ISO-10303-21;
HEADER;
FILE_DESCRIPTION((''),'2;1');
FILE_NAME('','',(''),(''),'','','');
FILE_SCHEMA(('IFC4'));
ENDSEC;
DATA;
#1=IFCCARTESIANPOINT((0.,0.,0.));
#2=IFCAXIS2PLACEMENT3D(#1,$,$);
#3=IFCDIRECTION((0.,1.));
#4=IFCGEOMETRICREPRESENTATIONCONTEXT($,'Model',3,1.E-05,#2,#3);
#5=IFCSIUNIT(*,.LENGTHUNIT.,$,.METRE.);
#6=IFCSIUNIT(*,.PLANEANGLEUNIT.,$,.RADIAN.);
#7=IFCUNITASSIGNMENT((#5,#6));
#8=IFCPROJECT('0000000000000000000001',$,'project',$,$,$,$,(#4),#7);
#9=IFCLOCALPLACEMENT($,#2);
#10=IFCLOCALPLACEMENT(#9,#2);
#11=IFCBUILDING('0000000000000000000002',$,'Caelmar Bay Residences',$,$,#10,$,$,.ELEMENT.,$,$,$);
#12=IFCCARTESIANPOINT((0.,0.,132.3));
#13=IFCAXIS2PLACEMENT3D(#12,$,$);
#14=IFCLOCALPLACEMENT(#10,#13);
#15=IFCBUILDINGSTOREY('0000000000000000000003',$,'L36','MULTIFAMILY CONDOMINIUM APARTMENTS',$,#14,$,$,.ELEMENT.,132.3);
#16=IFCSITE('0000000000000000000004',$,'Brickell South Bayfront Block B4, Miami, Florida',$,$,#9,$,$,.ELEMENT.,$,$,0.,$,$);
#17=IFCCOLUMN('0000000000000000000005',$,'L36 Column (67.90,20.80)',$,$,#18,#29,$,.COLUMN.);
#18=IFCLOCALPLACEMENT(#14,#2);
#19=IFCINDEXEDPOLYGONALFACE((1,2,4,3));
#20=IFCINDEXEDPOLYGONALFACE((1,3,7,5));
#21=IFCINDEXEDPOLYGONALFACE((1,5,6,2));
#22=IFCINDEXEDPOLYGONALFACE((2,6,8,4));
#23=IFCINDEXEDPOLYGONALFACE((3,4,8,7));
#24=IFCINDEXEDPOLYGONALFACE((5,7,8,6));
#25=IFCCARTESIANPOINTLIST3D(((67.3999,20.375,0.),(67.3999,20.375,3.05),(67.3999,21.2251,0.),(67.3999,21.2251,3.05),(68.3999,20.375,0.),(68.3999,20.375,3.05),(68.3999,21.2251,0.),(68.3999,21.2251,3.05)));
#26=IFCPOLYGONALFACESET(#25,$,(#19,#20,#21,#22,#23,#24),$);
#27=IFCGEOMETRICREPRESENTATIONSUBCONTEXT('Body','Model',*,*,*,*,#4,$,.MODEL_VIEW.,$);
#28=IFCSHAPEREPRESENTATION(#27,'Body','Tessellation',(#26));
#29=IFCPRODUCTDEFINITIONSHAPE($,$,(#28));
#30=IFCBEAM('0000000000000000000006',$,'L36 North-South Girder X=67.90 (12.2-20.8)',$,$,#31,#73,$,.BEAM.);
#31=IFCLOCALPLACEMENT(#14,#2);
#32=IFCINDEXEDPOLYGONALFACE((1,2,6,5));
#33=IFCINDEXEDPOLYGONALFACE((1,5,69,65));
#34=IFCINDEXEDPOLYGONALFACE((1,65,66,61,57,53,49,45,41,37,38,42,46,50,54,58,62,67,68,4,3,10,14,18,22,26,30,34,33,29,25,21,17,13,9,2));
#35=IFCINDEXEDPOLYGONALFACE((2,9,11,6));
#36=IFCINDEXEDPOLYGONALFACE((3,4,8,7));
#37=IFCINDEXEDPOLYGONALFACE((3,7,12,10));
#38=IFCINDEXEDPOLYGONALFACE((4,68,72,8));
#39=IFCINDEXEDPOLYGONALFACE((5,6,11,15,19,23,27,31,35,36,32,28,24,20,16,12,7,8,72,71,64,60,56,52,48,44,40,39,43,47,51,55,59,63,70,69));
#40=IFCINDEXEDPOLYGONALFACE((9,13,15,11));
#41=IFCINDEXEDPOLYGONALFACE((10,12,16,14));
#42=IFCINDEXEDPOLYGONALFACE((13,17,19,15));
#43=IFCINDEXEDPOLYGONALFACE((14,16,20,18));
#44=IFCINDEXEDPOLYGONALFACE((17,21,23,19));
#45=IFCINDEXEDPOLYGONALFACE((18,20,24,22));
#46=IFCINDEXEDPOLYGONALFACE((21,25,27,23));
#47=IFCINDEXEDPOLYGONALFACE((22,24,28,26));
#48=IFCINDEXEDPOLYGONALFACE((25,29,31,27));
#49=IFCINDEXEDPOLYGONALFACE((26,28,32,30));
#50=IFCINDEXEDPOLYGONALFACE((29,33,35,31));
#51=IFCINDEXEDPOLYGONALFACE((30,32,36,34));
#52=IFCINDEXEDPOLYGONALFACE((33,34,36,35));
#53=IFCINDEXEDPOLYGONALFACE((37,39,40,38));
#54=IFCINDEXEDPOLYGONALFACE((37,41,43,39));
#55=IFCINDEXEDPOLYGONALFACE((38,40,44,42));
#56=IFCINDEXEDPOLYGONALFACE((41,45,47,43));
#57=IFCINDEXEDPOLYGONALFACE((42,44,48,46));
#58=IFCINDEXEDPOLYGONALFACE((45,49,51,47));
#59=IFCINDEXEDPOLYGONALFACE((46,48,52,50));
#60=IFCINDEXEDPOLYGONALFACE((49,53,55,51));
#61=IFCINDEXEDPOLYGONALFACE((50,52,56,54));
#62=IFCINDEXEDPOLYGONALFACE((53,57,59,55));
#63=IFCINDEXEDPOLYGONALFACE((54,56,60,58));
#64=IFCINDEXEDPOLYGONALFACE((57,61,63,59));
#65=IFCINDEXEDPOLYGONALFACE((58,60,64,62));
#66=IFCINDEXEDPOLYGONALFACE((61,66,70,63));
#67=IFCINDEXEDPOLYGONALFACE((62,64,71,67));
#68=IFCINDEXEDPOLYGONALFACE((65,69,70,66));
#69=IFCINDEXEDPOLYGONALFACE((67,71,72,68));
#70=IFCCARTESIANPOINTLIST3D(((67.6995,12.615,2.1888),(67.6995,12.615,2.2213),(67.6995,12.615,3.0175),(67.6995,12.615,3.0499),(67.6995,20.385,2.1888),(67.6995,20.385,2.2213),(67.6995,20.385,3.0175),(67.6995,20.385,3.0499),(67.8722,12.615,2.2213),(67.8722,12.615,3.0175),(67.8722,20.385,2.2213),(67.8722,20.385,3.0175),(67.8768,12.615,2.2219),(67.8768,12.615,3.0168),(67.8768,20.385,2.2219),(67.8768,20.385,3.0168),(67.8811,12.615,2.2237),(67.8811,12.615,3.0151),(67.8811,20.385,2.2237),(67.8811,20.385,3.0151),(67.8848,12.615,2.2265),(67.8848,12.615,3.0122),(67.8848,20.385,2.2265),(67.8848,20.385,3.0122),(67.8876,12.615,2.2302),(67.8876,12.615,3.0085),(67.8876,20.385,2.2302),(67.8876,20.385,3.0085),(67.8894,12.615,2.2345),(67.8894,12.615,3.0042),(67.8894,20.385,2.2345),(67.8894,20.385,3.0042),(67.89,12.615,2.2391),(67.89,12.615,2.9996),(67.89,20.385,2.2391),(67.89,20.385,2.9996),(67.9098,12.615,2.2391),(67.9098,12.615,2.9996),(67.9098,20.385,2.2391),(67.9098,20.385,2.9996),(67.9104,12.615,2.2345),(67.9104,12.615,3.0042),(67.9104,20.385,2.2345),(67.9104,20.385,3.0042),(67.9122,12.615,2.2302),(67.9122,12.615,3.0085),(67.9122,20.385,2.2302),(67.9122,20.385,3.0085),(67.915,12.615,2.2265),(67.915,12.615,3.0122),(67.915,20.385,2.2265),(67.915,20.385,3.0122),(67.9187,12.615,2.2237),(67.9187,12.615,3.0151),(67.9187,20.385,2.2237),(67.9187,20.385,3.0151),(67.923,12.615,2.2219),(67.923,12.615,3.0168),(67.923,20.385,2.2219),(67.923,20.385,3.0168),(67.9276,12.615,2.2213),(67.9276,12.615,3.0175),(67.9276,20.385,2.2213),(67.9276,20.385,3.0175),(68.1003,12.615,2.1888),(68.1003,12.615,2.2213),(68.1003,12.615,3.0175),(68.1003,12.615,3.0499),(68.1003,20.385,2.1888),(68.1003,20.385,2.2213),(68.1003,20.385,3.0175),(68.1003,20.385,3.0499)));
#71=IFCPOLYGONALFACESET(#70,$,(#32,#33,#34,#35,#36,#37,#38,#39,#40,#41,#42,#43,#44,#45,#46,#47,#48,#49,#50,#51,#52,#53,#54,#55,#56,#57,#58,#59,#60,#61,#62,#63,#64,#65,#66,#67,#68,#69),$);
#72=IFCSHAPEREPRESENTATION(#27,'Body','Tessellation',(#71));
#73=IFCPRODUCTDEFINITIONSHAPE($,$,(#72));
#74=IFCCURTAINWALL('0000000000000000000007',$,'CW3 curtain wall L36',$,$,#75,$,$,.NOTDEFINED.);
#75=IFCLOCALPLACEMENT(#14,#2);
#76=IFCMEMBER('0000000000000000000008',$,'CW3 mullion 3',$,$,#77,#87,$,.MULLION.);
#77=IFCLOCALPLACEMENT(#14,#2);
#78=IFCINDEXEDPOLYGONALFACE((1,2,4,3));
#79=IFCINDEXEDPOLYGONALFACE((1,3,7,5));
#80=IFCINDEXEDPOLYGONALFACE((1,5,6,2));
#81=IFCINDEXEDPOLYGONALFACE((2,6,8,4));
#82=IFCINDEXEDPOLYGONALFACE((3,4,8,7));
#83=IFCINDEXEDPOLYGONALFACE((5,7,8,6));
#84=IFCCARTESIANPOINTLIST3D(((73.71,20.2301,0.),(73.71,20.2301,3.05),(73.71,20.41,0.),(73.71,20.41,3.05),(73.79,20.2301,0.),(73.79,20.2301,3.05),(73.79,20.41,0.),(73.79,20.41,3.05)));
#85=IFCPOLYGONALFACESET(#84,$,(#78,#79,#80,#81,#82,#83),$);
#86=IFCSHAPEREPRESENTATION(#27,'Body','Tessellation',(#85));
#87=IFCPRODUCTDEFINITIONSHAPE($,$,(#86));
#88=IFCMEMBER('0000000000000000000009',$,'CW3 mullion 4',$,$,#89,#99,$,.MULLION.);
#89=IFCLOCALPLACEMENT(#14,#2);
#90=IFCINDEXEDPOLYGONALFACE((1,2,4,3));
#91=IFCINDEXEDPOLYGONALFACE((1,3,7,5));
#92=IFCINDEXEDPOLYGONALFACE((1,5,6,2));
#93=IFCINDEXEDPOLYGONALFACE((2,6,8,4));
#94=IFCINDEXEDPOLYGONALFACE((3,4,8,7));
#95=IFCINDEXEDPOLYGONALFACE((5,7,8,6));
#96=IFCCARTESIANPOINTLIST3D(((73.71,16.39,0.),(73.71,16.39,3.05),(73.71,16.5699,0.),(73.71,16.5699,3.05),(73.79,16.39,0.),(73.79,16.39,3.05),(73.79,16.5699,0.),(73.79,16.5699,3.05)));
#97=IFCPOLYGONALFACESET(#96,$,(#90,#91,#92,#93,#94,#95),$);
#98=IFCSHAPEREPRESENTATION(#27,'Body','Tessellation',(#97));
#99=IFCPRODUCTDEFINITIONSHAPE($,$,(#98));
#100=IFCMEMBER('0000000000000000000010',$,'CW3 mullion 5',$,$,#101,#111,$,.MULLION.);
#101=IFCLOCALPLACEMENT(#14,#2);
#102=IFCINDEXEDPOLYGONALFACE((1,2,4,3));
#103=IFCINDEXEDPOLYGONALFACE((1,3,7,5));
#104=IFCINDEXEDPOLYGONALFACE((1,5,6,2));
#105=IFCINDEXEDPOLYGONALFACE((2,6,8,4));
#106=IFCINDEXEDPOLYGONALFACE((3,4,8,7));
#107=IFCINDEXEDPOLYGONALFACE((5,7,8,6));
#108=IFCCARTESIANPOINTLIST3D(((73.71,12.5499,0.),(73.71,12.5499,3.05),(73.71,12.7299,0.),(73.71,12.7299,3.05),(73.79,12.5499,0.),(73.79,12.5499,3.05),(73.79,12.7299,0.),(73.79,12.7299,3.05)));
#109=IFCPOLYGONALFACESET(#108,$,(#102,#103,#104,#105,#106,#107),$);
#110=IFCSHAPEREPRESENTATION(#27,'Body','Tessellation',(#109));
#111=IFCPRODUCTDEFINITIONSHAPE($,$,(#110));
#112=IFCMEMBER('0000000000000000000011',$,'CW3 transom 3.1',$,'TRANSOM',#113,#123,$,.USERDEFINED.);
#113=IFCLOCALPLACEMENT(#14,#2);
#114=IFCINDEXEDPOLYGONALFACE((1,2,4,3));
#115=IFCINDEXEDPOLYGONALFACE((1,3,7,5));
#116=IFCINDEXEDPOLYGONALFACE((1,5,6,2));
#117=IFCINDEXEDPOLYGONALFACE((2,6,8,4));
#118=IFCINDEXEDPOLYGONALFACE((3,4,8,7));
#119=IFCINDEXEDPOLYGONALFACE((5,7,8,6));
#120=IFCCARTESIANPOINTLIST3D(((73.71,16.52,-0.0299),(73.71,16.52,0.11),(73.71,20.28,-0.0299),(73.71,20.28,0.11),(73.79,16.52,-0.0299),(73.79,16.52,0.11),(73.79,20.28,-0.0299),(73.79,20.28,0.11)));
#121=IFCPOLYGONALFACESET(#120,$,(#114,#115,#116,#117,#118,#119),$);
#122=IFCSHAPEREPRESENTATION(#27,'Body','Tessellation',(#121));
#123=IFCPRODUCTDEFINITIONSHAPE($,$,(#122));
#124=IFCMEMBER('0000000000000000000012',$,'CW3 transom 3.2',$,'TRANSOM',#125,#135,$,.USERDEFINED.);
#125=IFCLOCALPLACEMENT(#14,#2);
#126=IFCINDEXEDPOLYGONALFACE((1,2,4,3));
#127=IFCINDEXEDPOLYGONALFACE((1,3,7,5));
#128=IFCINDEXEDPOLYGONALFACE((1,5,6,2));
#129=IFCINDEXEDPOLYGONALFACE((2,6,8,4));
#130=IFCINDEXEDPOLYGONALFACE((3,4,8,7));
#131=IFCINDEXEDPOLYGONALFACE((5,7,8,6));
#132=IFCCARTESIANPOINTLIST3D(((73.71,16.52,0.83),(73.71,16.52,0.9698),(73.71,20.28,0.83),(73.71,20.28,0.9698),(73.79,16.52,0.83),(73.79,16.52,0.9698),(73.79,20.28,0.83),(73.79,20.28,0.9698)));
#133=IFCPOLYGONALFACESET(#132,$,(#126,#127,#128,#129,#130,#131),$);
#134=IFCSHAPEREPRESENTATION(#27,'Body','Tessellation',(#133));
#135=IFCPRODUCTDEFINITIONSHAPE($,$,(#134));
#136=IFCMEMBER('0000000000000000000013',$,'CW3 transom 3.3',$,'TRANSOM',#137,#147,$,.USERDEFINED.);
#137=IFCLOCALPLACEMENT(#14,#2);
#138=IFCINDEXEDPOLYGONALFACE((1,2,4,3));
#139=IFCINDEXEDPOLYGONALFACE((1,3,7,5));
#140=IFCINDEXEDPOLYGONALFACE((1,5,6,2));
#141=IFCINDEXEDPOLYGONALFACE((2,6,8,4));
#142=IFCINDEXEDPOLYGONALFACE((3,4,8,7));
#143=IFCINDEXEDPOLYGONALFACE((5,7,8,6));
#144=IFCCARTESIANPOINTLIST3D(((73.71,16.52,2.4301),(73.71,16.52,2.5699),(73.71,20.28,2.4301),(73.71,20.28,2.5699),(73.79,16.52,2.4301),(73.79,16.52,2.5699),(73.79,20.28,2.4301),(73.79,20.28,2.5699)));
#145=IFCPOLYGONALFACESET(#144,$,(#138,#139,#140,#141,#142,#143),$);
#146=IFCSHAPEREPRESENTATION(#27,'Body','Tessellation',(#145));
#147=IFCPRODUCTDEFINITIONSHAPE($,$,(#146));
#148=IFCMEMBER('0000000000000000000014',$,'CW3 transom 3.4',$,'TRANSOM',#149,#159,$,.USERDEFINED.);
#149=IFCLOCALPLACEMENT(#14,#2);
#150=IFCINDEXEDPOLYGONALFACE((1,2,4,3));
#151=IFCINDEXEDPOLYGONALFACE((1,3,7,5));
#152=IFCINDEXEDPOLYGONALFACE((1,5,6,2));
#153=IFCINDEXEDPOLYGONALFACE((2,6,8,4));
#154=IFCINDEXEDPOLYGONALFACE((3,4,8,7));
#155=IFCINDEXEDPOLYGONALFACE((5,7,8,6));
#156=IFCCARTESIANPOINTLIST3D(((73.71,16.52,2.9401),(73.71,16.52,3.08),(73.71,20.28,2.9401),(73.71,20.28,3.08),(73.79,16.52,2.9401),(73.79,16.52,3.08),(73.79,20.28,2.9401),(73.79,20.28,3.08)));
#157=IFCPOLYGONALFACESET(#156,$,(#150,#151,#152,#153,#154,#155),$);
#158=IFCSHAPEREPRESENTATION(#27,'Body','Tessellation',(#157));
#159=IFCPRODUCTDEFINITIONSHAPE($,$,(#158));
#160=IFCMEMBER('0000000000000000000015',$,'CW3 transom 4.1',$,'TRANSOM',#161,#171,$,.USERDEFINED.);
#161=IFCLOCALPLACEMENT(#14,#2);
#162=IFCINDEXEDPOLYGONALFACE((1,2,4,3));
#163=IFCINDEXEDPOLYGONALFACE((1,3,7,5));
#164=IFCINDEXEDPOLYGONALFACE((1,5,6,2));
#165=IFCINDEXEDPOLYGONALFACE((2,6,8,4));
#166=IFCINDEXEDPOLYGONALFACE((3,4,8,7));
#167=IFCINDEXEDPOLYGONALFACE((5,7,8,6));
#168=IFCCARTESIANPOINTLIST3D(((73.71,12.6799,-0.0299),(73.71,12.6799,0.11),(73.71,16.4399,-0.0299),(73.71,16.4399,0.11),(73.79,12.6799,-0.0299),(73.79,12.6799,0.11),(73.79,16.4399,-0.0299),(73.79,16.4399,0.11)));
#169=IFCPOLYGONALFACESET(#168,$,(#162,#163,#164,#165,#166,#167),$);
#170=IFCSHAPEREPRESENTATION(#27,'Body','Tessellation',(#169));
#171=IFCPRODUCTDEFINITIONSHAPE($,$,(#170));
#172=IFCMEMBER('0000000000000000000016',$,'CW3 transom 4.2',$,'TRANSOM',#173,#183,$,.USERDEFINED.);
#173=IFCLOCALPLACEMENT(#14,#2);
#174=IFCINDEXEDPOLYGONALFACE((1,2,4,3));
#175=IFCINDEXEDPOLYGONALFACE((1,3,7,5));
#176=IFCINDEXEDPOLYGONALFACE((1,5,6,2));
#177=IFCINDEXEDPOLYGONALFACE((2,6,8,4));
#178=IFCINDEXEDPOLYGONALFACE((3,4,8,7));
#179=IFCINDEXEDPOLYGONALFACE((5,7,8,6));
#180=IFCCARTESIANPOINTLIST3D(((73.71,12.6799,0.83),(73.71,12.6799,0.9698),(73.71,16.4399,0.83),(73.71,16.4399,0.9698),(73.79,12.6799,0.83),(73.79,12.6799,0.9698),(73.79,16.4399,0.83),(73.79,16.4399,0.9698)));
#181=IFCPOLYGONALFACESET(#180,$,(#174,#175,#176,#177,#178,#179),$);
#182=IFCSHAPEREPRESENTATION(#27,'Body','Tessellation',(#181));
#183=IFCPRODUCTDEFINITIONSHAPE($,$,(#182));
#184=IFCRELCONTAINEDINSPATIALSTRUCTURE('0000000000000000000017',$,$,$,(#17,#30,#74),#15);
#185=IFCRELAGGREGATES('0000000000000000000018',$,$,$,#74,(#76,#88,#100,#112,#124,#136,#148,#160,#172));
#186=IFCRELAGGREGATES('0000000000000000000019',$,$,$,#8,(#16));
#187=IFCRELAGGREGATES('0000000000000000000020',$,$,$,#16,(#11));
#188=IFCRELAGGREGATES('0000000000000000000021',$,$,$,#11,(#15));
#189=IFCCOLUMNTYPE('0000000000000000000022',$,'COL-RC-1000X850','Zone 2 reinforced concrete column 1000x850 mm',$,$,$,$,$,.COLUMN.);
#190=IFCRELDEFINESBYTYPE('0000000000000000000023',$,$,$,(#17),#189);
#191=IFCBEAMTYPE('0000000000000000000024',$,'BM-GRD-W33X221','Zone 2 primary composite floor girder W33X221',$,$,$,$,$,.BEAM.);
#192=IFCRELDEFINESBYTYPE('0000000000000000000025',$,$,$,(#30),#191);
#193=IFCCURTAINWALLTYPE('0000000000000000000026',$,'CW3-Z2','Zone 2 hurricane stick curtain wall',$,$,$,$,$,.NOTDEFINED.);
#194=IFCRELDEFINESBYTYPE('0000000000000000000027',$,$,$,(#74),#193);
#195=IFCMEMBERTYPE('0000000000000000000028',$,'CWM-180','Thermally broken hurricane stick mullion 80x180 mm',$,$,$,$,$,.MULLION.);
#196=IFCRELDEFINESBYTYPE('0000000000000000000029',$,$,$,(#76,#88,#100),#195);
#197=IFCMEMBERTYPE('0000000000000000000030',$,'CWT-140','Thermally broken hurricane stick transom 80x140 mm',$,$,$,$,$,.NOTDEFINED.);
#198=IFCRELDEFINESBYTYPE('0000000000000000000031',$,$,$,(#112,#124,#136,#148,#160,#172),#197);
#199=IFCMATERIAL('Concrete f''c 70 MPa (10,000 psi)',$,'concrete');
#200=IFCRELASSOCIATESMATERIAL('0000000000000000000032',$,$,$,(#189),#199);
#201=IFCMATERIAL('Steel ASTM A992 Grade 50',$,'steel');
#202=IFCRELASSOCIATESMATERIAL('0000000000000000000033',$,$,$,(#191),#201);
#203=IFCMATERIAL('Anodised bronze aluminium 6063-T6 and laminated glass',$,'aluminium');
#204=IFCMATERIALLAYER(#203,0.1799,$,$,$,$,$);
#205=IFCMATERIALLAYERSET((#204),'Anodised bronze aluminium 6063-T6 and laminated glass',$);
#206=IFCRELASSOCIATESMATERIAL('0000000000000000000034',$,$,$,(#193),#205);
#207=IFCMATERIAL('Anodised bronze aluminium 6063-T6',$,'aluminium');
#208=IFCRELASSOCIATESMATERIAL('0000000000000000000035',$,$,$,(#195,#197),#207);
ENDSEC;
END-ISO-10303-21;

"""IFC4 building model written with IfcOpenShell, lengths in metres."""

from ifc_helpers import new_model, si_unit, direction, frame, origin, origin_2d, place, context, subcontext, project, spatial, rectangle, i_section, extrude, material, layer, layer_set, material_profile, profile_set, type_object, element, aggregate, save


model = new_model("IFC4")

# Units and contexts
model_context = context("Model", 3, precision=1e-05, world=origin(), true_north=direction((0.0, 1.0)))
body_context = subcontext(model_context, "Body", "Model", "MODEL_VIEW")
ifc_project = project(units=[si_unit("LENGTHUNIT", "METRE"), si_unit("PLANEANGLEUNIT", "RADIAN")], contexts=[model_context])

# Site, building, storey
site_placement = place(None, origin())
site = spatial("IfcSite", under=ifc_project, at=site_placement, Name="Brickell South Bayfront Block B4, Miami, Florida", CompositionType="ELEMENT", RefElevation=0.0)
building_placement = place(site_placement, origin())
building = spatial("IfcBuilding", under=site, at=building_placement, Name="Caelmar Bay Residences", CompositionType="ELEMENT")
storey_placement = place(building_placement, frame((0.0, 0.0, 132.3)))
storey = spatial("IfcBuildingStorey", under=building, at=storey_placement, Name="L36", Description="MULTIFAMILY CONDOMINIUM APARTMENTS", CompositionType="ELEMENT", Elevation=132.3)

# Column
ifc_material_1 = material(Name="Concrete f'c 70 MPa (10,000 psi)", Category="concrete")
ifc_material_profile_1 = material_profile(ifc_material_1, rectangle(XDim=1.0, YDim=0.8501, at=origin_2d()), Name="RC-COL-1000X850")
ifc_profile_set_1 = profile_set([ifc_material_profile_1], Name="Concrete f'c 70 MPa (10,000 psi)")
column_type = type_object("IfcColumnType", Name="COL-RC-1000X850", Description="Zone 2 reinforced concrete column 1000x850 mm", PredefinedType="COLUMN", material=ifc_profile_set_1)
column_placement = place(storey_placement, frame((67.8999, 20.8, 0.0), z_axis=(0.0, 0.0, 1.0), x_axis=(1.0, 0.0, 0.0)))
element("IfcColumn", 1, at=column_placement, inside=storey, type_object=column_type, Name="L36 Column (67.90,20.80)", PredefinedType="COLUMN", context=body_context, shape_type="SweptSolid", body=[
    extrude(rectangle(XDim=1.0, YDim=0.8501, at=origin_2d()), origin(), (0.0, 0.0, 1.0), 3.05),
])

# Beam
ifc_material_2 = material(Name="Steel ASTM A992 Grade 50", Category="steel")
ifc_material_profile_2 = material_profile(ifc_material_2, i_section(OverallWidth=0.4009, OverallDepth=0.8611, WebThickness=0.0198, FlangeThickness=0.0325, FilletRadius=0.0178, at=origin_2d()), Name="W33X221")
ifc_profile_set_2 = profile_set([ifc_material_profile_2], Name="Steel ASTM A992 Grade 50")
beam_type = type_object("IfcBeamType", Name="BM-GRD-W33X221", Description="Zone 2 primary composite floor girder W33X221", PredefinedType="BEAM", material=ifc_profile_set_2)
beam_placement = place(storey_placement, frame((67.8999, 12.615, 2.6194), z_axis=(0.0, 1.0, 0.0), x_axis=(-1.0, 0.0, 0.0)))
element("IfcBeam", 2, at=beam_placement, inside=storey, type_object=beam_type, Name="L36 North-South Girder X=67.90 (12.2-20.8)", PredefinedType="BEAM", context=body_context, shape_type="SweptSolid", body=[
    extrude(i_section(OverallWidth=0.4009, OverallDepth=0.8611, WebThickness=0.0198, FlangeThickness=0.0325, FilletRadius=0.0178, at=origin_2d()), origin(), (0.0, 0.0, 1.0), 7.77),
])

# Curtain wall, members
ifc_material_3 = material(Name="Anodised bronze aluminium 6063-T6 and laminated glass", Category="aluminium")
ifc_layer_1 = layer(ifc_material_3, 0.1799)
ifc_layer_set_1 = layer_set([ifc_layer_1], Name="Anodised bronze aluminium 6063-T6 and laminated glass")
curtain_wall_type = type_object("IfcCurtainWallType", Name="CW3-Z2", Description="Zone 2 hurricane stick curtain wall", PredefinedType="NOTDEFINED", material=ifc_layer_set_1)
curtain_wall_placement = place(storey_placement, origin())
curtain_wall = element("IfcCurtainWall", 3, at=curtain_wall_placement, inside=storey, type_object=curtain_wall_type, Name="CW3 curtain wall L36", PredefinedType="NOTDEFINED")
ifc_material_4 = material(Name="Anodised bronze aluminium 6063-T6", Category="aluminium")
ifc_material_profile_3 = material_profile(ifc_material_4, rectangle(XDim=0.0801, YDim=0.1799, at=origin_2d()), Name="CWM-80X180")
ifc_profile_set_3 = profile_set([ifc_material_profile_3], Name="Anodised bronze aluminium 6063-T6")
member_type_1 = type_object("IfcMemberType", Name="CWM-180", Description="Thermally broken hurricane stick mullion 80x180 mm", PredefinedType="MULLION", material=ifc_profile_set_3)
member_1_placement = place(storey_placement, frame((73.75, 20.3201, 0.0), z_axis=(0.0, 0.0, 1.0), x_axis=(1.0, 0.0, 0.0)))
member_1 = element("IfcMember", 4, at=member_1_placement, type_object=member_type_1, Name="CW3 mullion 3", PredefinedType="MULLION", context=body_context, shape_type="SweptSolid", body=[
    extrude(rectangle(XDim=0.0801, YDim=0.1799, at=origin_2d()), origin(), (0.0, 0.0, 1.0), 3.05),
])
member_2_placement = place(storey_placement, frame((73.75, 16.48, 0.0), z_axis=(0.0, 0.0, 1.0), x_axis=(1.0, 0.0, 0.0)))
member_2 = element("IfcMember", 5, at=member_2_placement, type_object=member_type_1, Name="CW3 mullion 4", PredefinedType="MULLION", context=body_context, shape_type="SweptSolid", body=[
    extrude(rectangle(XDim=0.0801, YDim=0.1799, at=origin_2d()), origin(), (0.0, 0.0, 1.0), 3.05),
])
member_3_placement = place(storey_placement, frame((73.75, 12.6399, 0.0), z_axis=(0.0, 0.0, 1.0), x_axis=(1.0, 0.0, 0.0)))
member_3 = element("IfcMember", 6, at=member_3_placement, type_object=member_type_1, Name="CW3 mullion 5", PredefinedType="MULLION", context=body_context, shape_type="SweptSolid", body=[
    extrude(rectangle(XDim=0.0801, YDim=0.1799, at=origin_2d()), origin(), (0.0, 0.0, 1.0), 3.05),
])
ifc_material_profile_4 = material_profile(ifc_material_4, rectangle(XDim=0.0801, YDim=0.1399, at=origin_2d()), Name="CWT-80X140")
ifc_profile_set_4 = profile_set([ifc_material_profile_4], Name="Anodised bronze aluminium 6063-T6")
member_type_2 = type_object("IfcMemberType", Name="CWT-140", Description="Thermally broken hurricane stick transom 80x140 mm", PredefinedType="NOTDEFINED", material=ifc_profile_set_4)
member_4_placement = place(storey_placement, frame((73.75, 20.28, 0.04), z_axis=(0.0, -1.0, 0.0), x_axis=(1.0, 0.0, 0.0)))
member_4 = element("IfcMember", 7, at=member_4_placement, type_object=member_type_2, Name="CW3 transom 3.1", ObjectType="TRANSOM", PredefinedType="USERDEFINED", context=body_context, shape_type="SweptSolid", body=[
    extrude(rectangle(XDim=0.0801, YDim=0.1399, at=origin_2d()), origin(), (0.0, 0.0, 1.0), 3.76),
])
member_5_placement = place(storey_placement, frame((73.75, 20.28, 0.8999), z_axis=(0.0, -1.0, 0.0), x_axis=(1.0, 0.0, 0.0)))
member_5 = element("IfcMember", 8, at=member_5_placement, type_object=member_type_2, Name="CW3 transom 3.2", ObjectType="TRANSOM", PredefinedType="USERDEFINED", context=body_context, shape_type="SweptSolid", body=[
    extrude(rectangle(XDim=0.0801, YDim=0.1399, at=origin_2d()), origin(), (0.0, 0.0, 1.0), 3.76),
])
member_6_placement = place(storey_placement, frame((73.75, 20.28, 2.5), z_axis=(0.0, -1.0, 0.0), x_axis=(1.0, 0.0, 0.0)))
member_6 = element("IfcMember", 9, at=member_6_placement, type_object=member_type_2, Name="CW3 transom 3.3", ObjectType="TRANSOM", PredefinedType="USERDEFINED", context=body_context, shape_type="SweptSolid", body=[
    extrude(rectangle(XDim=0.0801, YDim=0.1399, at=origin_2d()), origin(), (0.0, 0.0, 1.0), 3.76),
])
member_7_placement = place(storey_placement, frame((73.75, 20.28, 3.01), z_axis=(0.0, -1.0, 0.0), x_axis=(1.0, 0.0, 0.0)))
member_7 = element("IfcMember", 10, at=member_7_placement, type_object=member_type_2, Name="CW3 transom 3.4", ObjectType="TRANSOM", PredefinedType="USERDEFINED", context=body_context, shape_type="SweptSolid", body=[
    extrude(rectangle(XDim=0.0801, YDim=0.1399, at=origin_2d()), origin(), (0.0, 0.0, 1.0), 3.76),
])
member_8_placement = place(storey_placement, frame((73.75, 16.4399, 0.04), z_axis=(0.0, -1.0, 0.0), x_axis=(1.0, 0.0, 0.0)))
member_8 = element("IfcMember", 11, at=member_8_placement, type_object=member_type_2, Name="CW3 transom 4.1", ObjectType="TRANSOM", PredefinedType="USERDEFINED", context=body_context, shape_type="SweptSolid", body=[
    extrude(rectangle(XDim=0.0801, YDim=0.1399, at=origin_2d()), origin(), (0.0, 0.0, 1.0), 3.76),
])
member_9_placement = place(storey_placement, frame((73.75, 16.4399, 0.8999), z_axis=(0.0, -1.0, 0.0), x_axis=(1.0, 0.0, 0.0)))
member_9 = element("IfcMember", 12, at=member_9_placement, type_object=member_type_2, Name="CW3 transom 4.2", ObjectType="TRANSOM", PredefinedType="USERDEFINED", context=body_context, shape_type="SweptSolid", body=[
    extrude(rectangle(XDim=0.0801, YDim=0.1399, at=origin_2d()), origin(), (0.0, 0.0, 1.0), 3.76),
])
aggregate(curtain_wall, [member_1, member_2, member_3, member_4, member_5, member_6, member_7, member_8, member_9])

save(model, "model.ifc")
